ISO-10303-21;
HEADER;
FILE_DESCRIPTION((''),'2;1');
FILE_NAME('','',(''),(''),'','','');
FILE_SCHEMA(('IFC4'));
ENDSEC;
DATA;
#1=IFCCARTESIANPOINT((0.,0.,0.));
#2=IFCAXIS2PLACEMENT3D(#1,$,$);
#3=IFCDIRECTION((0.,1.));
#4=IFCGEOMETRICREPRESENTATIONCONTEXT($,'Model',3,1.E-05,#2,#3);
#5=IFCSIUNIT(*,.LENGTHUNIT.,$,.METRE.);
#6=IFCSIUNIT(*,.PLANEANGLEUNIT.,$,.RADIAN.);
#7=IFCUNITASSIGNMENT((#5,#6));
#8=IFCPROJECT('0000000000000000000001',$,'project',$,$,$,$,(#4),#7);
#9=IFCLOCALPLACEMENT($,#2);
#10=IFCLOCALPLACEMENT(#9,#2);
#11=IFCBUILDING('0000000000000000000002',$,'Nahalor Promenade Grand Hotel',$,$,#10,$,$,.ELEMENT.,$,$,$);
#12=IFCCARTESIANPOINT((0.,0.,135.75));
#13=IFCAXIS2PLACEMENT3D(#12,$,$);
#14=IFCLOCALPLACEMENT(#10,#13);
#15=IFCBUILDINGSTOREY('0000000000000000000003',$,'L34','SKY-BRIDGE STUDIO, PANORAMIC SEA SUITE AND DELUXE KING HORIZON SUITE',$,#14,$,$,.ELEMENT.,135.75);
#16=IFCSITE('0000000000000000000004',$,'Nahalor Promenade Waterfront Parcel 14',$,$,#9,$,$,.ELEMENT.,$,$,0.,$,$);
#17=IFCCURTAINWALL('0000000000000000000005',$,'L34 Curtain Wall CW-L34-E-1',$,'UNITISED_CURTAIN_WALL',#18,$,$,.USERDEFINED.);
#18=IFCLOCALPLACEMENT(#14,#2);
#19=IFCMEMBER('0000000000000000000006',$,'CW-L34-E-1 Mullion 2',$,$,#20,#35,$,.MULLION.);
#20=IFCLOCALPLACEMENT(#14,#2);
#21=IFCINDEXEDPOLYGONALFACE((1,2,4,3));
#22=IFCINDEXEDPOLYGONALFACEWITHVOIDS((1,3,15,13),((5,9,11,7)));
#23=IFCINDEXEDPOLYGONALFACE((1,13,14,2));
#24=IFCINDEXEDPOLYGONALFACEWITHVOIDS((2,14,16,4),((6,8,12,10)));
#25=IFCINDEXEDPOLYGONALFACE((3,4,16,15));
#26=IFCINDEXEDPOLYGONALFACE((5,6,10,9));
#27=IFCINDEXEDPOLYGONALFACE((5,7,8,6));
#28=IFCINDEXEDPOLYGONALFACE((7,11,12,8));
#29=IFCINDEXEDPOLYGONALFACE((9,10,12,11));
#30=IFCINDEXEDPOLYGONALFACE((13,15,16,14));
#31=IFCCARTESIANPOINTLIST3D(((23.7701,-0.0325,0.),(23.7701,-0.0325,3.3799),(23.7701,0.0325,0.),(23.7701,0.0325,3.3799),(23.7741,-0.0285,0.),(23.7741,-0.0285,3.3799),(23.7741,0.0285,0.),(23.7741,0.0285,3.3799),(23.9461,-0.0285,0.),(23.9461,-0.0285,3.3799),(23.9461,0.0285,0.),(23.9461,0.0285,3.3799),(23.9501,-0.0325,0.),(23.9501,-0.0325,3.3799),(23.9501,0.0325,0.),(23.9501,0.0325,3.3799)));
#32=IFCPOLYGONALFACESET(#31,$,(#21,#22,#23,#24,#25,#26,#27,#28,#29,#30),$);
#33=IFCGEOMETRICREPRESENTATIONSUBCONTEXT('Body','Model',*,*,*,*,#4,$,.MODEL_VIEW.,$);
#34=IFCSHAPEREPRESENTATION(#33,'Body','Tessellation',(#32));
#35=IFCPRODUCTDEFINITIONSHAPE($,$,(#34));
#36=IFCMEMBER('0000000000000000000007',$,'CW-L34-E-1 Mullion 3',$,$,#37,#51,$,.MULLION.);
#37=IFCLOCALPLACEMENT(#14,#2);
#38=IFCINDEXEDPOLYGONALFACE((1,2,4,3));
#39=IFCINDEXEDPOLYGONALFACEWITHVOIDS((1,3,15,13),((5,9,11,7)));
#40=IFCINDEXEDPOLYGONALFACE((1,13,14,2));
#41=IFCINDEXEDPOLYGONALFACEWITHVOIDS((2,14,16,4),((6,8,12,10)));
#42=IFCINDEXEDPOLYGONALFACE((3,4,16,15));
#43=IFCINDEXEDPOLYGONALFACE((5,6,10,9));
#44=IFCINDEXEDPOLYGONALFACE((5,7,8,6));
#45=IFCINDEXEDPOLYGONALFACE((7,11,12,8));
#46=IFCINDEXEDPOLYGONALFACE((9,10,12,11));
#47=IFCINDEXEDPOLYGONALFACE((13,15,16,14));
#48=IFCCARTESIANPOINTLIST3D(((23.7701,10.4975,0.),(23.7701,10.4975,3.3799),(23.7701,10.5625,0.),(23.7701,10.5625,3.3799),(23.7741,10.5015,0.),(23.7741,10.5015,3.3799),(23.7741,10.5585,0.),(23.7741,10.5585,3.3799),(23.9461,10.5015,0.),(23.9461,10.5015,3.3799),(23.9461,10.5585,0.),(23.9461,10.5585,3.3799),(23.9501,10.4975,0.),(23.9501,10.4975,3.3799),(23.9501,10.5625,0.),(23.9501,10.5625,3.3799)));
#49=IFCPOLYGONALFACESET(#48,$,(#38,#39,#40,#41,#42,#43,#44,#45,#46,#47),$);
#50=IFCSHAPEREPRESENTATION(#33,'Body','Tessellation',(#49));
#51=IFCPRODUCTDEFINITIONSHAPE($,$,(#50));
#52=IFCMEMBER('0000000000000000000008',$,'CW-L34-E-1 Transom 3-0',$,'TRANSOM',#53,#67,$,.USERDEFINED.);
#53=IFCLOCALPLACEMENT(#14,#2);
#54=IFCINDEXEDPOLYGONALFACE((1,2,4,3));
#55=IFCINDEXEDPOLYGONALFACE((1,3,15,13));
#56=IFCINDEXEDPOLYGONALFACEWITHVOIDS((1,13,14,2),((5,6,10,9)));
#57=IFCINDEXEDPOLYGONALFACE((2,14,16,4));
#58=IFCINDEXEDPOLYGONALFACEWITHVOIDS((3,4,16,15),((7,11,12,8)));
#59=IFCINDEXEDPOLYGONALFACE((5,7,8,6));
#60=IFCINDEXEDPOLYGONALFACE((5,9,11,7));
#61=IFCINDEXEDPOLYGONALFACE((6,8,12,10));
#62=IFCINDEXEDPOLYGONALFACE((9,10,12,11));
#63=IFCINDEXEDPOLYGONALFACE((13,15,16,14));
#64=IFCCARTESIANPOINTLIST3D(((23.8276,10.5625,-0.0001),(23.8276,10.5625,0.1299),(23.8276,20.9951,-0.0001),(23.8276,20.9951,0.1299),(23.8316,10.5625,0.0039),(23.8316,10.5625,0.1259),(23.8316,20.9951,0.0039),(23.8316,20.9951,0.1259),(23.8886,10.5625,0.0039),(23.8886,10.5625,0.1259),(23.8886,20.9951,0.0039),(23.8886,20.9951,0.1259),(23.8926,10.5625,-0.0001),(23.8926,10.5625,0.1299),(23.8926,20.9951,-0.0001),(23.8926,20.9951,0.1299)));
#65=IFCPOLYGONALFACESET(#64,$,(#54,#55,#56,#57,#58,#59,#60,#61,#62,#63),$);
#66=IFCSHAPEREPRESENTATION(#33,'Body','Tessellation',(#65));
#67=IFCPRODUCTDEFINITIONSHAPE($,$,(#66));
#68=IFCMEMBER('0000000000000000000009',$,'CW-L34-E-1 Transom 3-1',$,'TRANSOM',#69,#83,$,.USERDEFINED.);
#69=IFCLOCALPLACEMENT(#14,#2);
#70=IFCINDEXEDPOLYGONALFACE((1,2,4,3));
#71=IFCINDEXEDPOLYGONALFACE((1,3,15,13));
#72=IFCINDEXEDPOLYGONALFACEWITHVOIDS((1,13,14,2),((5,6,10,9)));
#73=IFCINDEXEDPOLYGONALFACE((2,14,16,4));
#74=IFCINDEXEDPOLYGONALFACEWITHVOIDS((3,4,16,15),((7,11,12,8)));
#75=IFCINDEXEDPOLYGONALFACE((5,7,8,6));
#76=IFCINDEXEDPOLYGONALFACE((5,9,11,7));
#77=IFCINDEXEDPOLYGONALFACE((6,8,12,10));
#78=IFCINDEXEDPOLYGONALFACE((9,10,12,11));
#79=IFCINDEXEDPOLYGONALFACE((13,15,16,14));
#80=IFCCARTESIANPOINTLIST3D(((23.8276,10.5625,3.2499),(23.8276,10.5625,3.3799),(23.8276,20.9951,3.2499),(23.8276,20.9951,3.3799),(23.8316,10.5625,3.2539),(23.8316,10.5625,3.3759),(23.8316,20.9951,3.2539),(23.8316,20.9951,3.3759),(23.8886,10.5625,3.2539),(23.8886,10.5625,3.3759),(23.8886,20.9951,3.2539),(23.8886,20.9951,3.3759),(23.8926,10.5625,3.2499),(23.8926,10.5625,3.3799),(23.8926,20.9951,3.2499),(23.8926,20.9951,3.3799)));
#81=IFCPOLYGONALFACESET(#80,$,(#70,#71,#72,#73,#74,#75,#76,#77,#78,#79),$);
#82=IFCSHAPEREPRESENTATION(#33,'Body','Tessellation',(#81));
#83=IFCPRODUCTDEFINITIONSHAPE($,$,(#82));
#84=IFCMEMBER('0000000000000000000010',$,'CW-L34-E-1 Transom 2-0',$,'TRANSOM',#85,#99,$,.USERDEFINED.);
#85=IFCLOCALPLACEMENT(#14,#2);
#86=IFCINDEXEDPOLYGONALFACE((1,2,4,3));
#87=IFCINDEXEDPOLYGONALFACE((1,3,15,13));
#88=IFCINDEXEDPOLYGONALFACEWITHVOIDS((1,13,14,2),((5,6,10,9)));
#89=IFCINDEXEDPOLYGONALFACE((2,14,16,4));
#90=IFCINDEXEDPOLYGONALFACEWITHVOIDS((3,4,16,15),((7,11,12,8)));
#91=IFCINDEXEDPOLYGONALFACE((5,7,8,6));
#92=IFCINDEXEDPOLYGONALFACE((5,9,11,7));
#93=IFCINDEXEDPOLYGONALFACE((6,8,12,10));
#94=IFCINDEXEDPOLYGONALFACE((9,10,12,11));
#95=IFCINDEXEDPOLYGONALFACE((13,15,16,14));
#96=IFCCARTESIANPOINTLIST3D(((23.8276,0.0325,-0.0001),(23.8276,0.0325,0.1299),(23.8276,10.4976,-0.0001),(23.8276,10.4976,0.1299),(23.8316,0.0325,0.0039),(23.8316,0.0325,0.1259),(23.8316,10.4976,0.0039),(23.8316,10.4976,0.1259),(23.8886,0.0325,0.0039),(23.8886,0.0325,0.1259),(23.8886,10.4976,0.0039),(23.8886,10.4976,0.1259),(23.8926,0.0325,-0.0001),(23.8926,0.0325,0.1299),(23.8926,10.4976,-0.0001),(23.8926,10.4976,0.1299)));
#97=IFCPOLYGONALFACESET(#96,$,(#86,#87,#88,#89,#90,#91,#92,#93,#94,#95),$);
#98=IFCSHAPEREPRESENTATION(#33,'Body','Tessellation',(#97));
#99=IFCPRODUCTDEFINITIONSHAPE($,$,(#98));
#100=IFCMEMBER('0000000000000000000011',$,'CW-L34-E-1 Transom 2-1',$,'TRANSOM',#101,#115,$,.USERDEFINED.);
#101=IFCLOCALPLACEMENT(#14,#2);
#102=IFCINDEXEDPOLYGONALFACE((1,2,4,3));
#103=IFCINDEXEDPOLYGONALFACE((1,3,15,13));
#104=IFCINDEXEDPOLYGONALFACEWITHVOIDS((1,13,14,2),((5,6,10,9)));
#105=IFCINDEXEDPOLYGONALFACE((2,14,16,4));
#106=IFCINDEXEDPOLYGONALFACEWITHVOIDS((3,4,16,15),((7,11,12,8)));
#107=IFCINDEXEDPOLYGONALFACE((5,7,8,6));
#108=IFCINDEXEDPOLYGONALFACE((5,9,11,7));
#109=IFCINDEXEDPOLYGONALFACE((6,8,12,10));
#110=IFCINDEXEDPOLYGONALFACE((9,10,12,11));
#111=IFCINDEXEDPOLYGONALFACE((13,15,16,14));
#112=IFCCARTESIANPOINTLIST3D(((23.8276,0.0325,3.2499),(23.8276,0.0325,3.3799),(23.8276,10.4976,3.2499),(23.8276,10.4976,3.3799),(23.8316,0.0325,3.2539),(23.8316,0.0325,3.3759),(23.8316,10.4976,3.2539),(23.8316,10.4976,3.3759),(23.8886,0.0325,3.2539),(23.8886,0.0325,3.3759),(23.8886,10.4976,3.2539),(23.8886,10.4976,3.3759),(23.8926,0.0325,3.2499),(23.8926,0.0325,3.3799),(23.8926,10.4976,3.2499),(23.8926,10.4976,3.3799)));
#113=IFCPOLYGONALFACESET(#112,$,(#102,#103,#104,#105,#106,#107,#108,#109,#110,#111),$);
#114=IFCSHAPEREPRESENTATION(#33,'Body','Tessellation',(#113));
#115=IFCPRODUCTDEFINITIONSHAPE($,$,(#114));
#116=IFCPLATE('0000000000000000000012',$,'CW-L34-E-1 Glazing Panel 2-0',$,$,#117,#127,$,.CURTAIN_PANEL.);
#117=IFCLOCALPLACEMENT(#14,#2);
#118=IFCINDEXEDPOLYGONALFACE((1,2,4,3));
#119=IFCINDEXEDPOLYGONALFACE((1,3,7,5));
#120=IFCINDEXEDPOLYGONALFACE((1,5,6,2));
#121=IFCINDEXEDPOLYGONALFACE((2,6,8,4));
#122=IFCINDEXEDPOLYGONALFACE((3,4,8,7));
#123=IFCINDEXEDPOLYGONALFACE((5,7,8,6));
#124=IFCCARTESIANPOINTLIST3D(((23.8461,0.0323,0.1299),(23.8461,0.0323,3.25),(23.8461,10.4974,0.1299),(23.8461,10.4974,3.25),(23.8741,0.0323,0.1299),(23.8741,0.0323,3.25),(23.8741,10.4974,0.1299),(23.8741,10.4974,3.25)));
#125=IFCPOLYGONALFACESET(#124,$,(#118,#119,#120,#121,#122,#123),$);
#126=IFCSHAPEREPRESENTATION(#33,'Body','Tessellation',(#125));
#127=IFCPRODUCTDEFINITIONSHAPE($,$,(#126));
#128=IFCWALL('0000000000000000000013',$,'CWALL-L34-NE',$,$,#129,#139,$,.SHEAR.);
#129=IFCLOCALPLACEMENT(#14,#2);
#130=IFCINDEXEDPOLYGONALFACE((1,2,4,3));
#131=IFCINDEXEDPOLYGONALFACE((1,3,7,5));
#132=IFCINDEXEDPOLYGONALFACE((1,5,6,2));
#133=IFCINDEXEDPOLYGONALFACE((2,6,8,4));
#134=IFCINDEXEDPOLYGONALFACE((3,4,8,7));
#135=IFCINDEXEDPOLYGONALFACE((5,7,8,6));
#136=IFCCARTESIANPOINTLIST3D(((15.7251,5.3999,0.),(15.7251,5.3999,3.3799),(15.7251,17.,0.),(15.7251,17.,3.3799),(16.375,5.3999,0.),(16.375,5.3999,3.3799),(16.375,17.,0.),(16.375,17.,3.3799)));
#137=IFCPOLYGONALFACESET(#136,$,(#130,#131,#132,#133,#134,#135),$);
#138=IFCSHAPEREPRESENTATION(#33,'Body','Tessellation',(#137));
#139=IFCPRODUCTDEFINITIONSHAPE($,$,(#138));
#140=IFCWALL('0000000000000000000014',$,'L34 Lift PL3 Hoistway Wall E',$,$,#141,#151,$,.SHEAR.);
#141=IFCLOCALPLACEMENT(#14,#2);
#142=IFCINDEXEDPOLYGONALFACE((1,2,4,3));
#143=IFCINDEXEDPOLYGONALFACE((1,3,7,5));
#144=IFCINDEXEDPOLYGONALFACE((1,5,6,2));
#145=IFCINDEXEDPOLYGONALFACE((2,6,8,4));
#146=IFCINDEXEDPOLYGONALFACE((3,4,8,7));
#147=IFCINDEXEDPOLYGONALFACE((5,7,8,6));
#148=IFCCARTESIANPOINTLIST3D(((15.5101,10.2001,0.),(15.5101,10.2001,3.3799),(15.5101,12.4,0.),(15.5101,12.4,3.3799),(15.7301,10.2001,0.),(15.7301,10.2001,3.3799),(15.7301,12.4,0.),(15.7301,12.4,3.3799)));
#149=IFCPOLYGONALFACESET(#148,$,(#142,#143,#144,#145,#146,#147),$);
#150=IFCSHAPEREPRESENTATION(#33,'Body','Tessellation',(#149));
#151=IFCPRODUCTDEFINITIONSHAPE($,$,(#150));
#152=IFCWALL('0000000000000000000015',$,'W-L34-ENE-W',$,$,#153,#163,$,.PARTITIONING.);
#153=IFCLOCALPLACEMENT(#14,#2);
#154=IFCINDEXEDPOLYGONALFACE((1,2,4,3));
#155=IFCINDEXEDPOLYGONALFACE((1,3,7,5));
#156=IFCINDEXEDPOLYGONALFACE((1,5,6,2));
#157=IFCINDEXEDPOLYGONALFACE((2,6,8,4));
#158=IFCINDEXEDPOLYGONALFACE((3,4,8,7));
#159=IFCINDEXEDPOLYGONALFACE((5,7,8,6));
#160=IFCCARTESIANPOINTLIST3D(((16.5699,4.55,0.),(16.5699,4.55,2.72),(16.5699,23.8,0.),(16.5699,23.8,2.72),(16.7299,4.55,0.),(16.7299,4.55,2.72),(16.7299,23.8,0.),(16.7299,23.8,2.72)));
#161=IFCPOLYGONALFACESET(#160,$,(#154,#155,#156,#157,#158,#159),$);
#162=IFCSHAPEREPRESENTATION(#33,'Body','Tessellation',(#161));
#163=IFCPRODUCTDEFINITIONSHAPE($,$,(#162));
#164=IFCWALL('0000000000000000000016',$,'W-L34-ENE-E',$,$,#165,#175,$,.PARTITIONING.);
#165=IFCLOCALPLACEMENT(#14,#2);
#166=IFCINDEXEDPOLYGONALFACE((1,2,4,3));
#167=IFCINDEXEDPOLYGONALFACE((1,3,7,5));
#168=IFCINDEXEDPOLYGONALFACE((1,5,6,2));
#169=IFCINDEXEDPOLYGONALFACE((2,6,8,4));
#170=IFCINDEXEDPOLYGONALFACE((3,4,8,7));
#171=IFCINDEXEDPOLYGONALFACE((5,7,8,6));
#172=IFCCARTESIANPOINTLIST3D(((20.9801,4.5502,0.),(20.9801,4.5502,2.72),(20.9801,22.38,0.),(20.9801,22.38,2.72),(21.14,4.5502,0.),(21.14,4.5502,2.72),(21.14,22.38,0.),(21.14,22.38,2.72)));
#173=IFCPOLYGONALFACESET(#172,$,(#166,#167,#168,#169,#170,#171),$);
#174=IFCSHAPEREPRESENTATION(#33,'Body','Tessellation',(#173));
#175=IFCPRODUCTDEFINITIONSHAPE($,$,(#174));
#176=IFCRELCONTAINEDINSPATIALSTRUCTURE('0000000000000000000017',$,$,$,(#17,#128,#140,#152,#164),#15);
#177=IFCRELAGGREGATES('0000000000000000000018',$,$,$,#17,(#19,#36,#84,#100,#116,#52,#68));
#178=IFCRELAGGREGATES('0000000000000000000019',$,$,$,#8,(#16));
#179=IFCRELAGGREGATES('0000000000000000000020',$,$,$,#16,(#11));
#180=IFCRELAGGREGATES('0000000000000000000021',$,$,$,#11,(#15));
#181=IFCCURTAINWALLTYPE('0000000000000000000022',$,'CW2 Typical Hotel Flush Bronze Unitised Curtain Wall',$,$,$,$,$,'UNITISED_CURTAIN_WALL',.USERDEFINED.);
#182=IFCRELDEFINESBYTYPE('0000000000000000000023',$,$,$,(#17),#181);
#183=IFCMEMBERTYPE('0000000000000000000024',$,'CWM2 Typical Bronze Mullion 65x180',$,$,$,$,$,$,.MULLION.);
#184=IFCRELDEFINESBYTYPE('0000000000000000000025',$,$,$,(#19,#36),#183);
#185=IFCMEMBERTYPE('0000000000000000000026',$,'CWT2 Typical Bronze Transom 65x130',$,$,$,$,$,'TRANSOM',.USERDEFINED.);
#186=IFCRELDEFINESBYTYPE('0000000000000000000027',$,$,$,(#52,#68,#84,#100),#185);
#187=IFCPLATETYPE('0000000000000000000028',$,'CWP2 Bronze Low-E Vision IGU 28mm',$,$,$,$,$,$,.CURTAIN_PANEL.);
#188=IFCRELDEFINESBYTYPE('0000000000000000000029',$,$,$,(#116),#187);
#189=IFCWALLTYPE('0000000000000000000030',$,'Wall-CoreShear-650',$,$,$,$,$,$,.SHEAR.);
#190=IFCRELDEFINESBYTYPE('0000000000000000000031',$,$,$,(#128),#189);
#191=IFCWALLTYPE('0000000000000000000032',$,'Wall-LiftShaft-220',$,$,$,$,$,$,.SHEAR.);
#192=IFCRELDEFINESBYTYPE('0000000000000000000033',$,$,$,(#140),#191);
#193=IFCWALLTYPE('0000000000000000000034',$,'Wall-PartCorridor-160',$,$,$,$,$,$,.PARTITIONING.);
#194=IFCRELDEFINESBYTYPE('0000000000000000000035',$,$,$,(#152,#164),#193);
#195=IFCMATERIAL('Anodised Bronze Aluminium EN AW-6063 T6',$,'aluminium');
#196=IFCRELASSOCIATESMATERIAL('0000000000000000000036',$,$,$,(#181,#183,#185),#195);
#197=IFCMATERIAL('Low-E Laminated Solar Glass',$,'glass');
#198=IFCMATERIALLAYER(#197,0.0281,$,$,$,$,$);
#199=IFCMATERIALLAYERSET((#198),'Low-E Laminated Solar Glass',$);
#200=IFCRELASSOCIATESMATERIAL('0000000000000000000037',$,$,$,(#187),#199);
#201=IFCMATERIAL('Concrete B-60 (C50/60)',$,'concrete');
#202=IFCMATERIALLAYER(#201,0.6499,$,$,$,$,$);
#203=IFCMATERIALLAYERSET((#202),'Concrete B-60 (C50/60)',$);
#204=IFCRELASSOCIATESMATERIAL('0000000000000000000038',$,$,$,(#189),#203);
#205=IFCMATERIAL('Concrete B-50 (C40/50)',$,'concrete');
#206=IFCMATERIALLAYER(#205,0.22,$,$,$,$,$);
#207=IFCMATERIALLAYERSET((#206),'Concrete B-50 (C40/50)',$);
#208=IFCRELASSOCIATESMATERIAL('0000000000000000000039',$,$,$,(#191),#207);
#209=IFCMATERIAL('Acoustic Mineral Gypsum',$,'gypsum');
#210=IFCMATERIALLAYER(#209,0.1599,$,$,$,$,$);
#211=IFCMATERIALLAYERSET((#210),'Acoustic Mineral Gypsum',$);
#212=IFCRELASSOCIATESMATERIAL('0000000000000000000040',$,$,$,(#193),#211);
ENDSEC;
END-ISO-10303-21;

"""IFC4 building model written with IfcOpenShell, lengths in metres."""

from ifc_helpers import new_model, si_unit, direction, frame, frame_2d, origin, origin_2d, place, context, subcontext, project, spatial, rectangle, hollow_rectangle, extrude, source, transform, mapped, material, layer, layer_set, material_profile, profile_set, type_object, element, aggregate, save


model = new_model("IFC4")

# Units and contexts
model_context = context("Model", 3, precision=1e-05, world=origin(), true_north=direction((0.0, 1.0)))
body_context = subcontext(model_context, "Body", "Model", "MODEL_VIEW")
ifc_project = project(units=[si_unit("LENGTHUNIT", "METRE"), si_unit("PLANEANGLEUNIT", "RADIAN")], contexts=[model_context])

# Site, building, storey
site_placement = place(None, origin())
site = spatial("IfcSite", under=ifc_project, at=site_placement, Name="Nahalor Promenade Waterfront Parcel 14", CompositionType="ELEMENT", RefElevation=0.0)
building_placement = place(site_placement, origin())
building = spatial("IfcBuilding", under=site, at=building_placement, Name="Nahalor Promenade Grand Hotel", CompositionType="ELEMENT")
storey_placement = place(building_placement, frame((0.0, 0.0, 135.75)))
storey = spatial("IfcBuildingStorey", under=building, at=storey_placement, Name="L34", Description="SKY-BRIDGE STUDIO, PANORAMIC SEA SUITE AND DELUXE KING HORIZON SUITE", CompositionType="ELEMENT", Elevation=135.75)

# Curtain wall, members, plate
ifc_material_1 = material(Name="Anodised Bronze Aluminium EN AW-6063 T6", Category="aluminium")
curtain_wall_type = type_object("IfcCurtainWallType", Name="CW2 Typical Hotel Flush Bronze Unitised Curtain Wall", ElementType="UNITISED_CURTAIN_WALL", PredefinedType="USERDEFINED", material=ifc_material_1)
curtain_wall_placement = place(storey_placement, origin())
curtain_wall = element("IfcCurtainWall", 1, at=curtain_wall_placement, inside=storey, type_object=curtain_wall_type, Name="L34 Curtain Wall CW-L34-E-1", ObjectType="UNITISED_CURTAIN_WALL", PredefinedType="USERDEFINED")
ifc_material_profile_1 = material_profile(ifc_material_1, hollow_rectangle(XDim=0.065, YDim=0.18, WallThickness=0.004, at=origin_2d()), Name="CWM 65x180x4")
ifc_profile_set_1 = profile_set([ifc_material_profile_1], Name="Anodised Bronze Aluminium EN AW-6063 T6")
member_type_1 = type_object("IfcMemberType", Name="CWM2 Typical Bronze Mullion 65x180", PredefinedType="MULLION", material=ifc_profile_set_1)
shared_shape_1 = source(origin(), body_context, "Body", "SweptSolid", [
    extrude(hollow_rectangle(XDim=0.065, YDim=0.18, WallThickness=0.004, at=origin_2d()), origin(), (0.0, 0.0, 1.0), 3.3799),
])
member_1_placement = place(storey_placement, frame((23.8601, 0.0, 0.0), z_axis=(0.0, 0.0, 1.0), x_axis=(0.0, 1.0, 0.0)))
member_1 = element("IfcMember", 2, at=member_1_placement, type_object=member_type_1, Name="CW-L34-E-1 Mullion 2", PredefinedType="MULLION", context=body_context, shape_type="MappedRepresentation", body=[
    mapped(shared_shape_1, transform((0.0, 0.0, 0.0), scale=1.0)),
])
member_2_placement = place(storey_placement, frame((23.8601, 10.53, 0.0), z_axis=(0.0, 0.0, 1.0), x_axis=(0.0, 1.0, 0.0)))
member_2 = element("IfcMember", 3, at=member_2_placement, type_object=member_type_1, Name="CW-L34-E-1 Mullion 3", PredefinedType="MULLION", context=body_context, shape_type="MappedRepresentation", body=[
    mapped(shared_shape_1, transform((0.0, 0.0, 0.0), scale=1.0)),
])
ifc_material_profile_2 = material_profile(ifc_material_1, hollow_rectangle(XDim=0.065, YDim=0.13, WallThickness=0.004, at=origin_2d()), Name="CWT 65x130x4")
ifc_profile_set_2 = profile_set([ifc_material_profile_2], Name="Anodised Bronze Aluminium EN AW-6063 T6")
member_type_2 = type_object("IfcMemberType", Name="CWT2 Typical Bronze Transom 65x130", ElementType="TRANSOM", PredefinedType="USERDEFINED", material=ifc_profile_set_2)
shared_shape_2 = source(origin(), body_context, "Body", "SweptSolid", [
    extrude(hollow_rectangle(XDim=0.065, YDim=0.13, WallThickness=0.004, at=origin_2d()), origin(), (0.0, 0.0, 1.0), 10.4326),
])
member_3_placement = place(storey_placement, frame((23.8601, 10.5625, 0.0649), z_axis=(0.0, 1.0, 0.0), x_axis=(-1.0, 0.0, 0.0)))
member_3 = element("IfcMember", 4, at=member_3_placement, type_object=member_type_2, Name="CW-L34-E-1 Transom 3-0", ObjectType="TRANSOM", PredefinedType="USERDEFINED", context=body_context, shape_type="MappedRepresentation", body=[
    mapped(shared_shape_2, transform((0.0, 0.0, 0.0), scale=1.0)),
])
member_4_placement = place(storey_placement, frame((23.8601, 10.5625, 3.3149), z_axis=(0.0, 1.0, 0.0), x_axis=(-1.0, 0.0, 0.0)))
member_4 = element("IfcMember", 5, at=member_4_placement, type_object=member_type_2, Name="CW-L34-E-1 Transom 3-1", ObjectType="TRANSOM", PredefinedType="USERDEFINED", context=body_context, shape_type="MappedRepresentation", body=[
    mapped(shared_shape_2, transform((0.0, 0.0, 0.0), scale=1.0)),
])
shared_shape_3 = source(origin(), body_context, "Body", "SweptSolid", [
    extrude(hollow_rectangle(XDim=0.065, YDim=0.13, WallThickness=0.004, at=origin_2d()), origin(), (0.0, 0.0, 1.0), 10.4651),
])
member_5_placement = place(storey_placement, frame((23.8601, 0.0325, 0.0649), z_axis=(0.0, 1.0, 0.0), x_axis=(-1.0, 0.0, 0.0)))
member_5 = element("IfcMember", 6, at=member_5_placement, type_object=member_type_2, Name="CW-L34-E-1 Transom 2-0", ObjectType="TRANSOM", PredefinedType="USERDEFINED", context=body_context, shape_type="MappedRepresentation", body=[
    mapped(shared_shape_3, transform((0.0, 0.0, 0.0), scale=1.0)),
])
member_6_placement = place(storey_placement, frame((23.8601, 0.0325, 3.3149), z_axis=(0.0, 1.0, 0.0), x_axis=(-1.0, 0.0, 0.0)))
member_6 = element("IfcMember", 7, at=member_6_placement, type_object=member_type_2, Name="CW-L34-E-1 Transom 2-1", ObjectType="TRANSOM", PredefinedType="USERDEFINED", context=body_context, shape_type="MappedRepresentation", body=[
    mapped(shared_shape_3, transform((0.0, 0.0, 0.0), scale=1.0)),
])
ifc_material_2 = material(Name="Low-E Laminated Solar Glass", Category="glass")
ifc_layer_1 = layer(ifc_material_2, 0.0281)
ifc_layer_set_1 = layer_set([ifc_layer_1], Name="Low-E Laminated Solar Glass")
plate_type = type_object("IfcPlateType", Name="CWP2 Bronze Low-E Vision IGU 28mm", PredefinedType="CURTAIN_PANEL", material=ifc_layer_set_1)
shared_shape_4 = source(origin(), body_context, "Body", "SweptSolid", [
    extrude(rectangle(XDim=10.4651, YDim=0.0281, at=origin_2d()), origin(), (0.0, 0.0, 1.0), 3.1201),
])
plate_placement = place(storey_placement, frame((23.8601, 5.2649, 0.1299), z_axis=(0.0, 0.0, 1.0), x_axis=(0.0, 1.0, 0.0)))
plate = element("IfcPlate", 8, at=plate_placement, type_object=plate_type, Name="CW-L34-E-1 Glazing Panel 2-0", PredefinedType="CURTAIN_PANEL", context=body_context, shape_type="MappedRepresentation", body=[
    mapped(shared_shape_4, transform((0.0, 0.0, 0.0), scale=1.0)),
])
aggregate(curtain_wall, [member_1, member_2, member_5, member_6, plate, member_3, member_4])

# Walls
ifc_material_3 = material(Name="Concrete B-60 (C50/60)", Category="concrete")
ifc_layer_2 = layer(ifc_material_3, 0.6499)
ifc_layer_set_2 = layer_set([ifc_layer_2], Name="Concrete B-60 (C50/60)")
wall_type_1 = type_object("IfcWallType", Name="Wall-CoreShear-650", PredefinedType="SHEAR", material=ifc_layer_set_2)
shared_shape_5 = source(origin(), body_context, "Body", "SweptSolid", [
    extrude(rectangle(XDim=11.6001, YDim=0.6499, at=frame_2d((5.8, 0.0))), origin(), (0.0, 0.0, 1.0), 3.3799),
])
wall_1_placement = place(storey_placement, frame((16.05, 5.3999, 0.0), z_axis=(0.0, 0.0, 1.0), x_axis=(0.0, 1.0, 0.0)))
element("IfcWall", 9, at=wall_1_placement, inside=storey, type_object=wall_type_1, Name="CWALL-L34-NE", PredefinedType="SHEAR", context=body_context, shape_type="MappedRepresentation", body=[
    mapped(shared_shape_5, transform((0.0, 0.0, 0.0), scale=1.0)),
])
ifc_material_4 = material(Name="Concrete B-50 (C40/50)", Category="concrete")
ifc_layer_3 = layer(ifc_material_4, 0.22)
ifc_layer_set_3 = layer_set([ifc_layer_3], Name="Concrete B-50 (C40/50)")
wall_type_2 = type_object("IfcWallType", Name="Wall-LiftShaft-220", PredefinedType="SHEAR", material=ifc_layer_set_3)
shared_shape_6 = source(origin(), body_context, "Body", "SweptSolid", [
    extrude(rectangle(XDim=2.2, YDim=0.22, at=frame_2d((1.1001, 0.0))), origin(), (0.0, 0.0, 1.0), 3.3799),
])
wall_2_placement = place(storey_placement, frame((15.6201, 10.2, 0.0), z_axis=(0.0, 0.0, 1.0), x_axis=(0.0, 1.0, 0.0)))
element("IfcWall", 10, at=wall_2_placement, inside=storey, type_object=wall_type_2, Name="L34 Lift PL3 Hoistway Wall E", PredefinedType="SHEAR", context=body_context, shape_type="MappedRepresentation", body=[
    mapped(shared_shape_6, transform((0.0, 0.0, 0.0), scale=1.0)),
])

# Shared definitions
ifc_material_5 = material(Name="Acoustic Mineral Gypsum", Category="gypsum")
ifc_layer_4 = layer(ifc_material_5, 0.1599)
ifc_layer_set_4 = layer_set([ifc_layer_4], Name="Acoustic Mineral Gypsum")
wall_type_3 = type_object("IfcWallType", Name="Wall-PartCorridor-160", PredefinedType="PARTITIONING", material=ifc_layer_set_4)

# Walls
shared_shape_7 = source(origin(), body_context, "Body", "SweptSolid", [
    extrude(rectangle(XDim=19.25, YDim=0.1599, at=frame_2d((9.625, 0.0))), origin(), (0.0, 0.0, 1.0), 2.72),
])
wall_3_placement = place(storey_placement, frame((16.6499, 4.55, 0.0), z_axis=(0.0, 0.0, 1.0), x_axis=(0.0, 1.0, 0.0)))
element("IfcWall", 11, at=wall_3_placement, inside=storey, type_object=wall_type_3, Name="W-L34-ENE-W", PredefinedType="PARTITIONING", context=body_context, shape_type="MappedRepresentation", body=[
    mapped(shared_shape_7, transform((0.0, 0.0, 0.0), scale=1.0)),
])
shared_shape_8 = source(origin(), body_context, "Body", "SweptSolid", [
    extrude(rectangle(XDim=17.8298, YDim=0.1599, at=frame_2d((8.915, 0.0))), origin(), (0.0, 0.0, 1.0), 2.72),
])
wall_4_placement = place(storey_placement, frame((21.0601, 4.55, 0.0), z_axis=(0.0, 0.0, 1.0), x_axis=(0.0, 1.0, 0.0)))
element("IfcWall", 12, at=wall_4_placement, inside=storey, type_object=wall_type_3, Name="W-L34-ENE-E", PredefinedType="PARTITIONING", context=body_context, shape_type="MappedRepresentation", body=[
    mapped(shared_shape_8, transform((0.0, 0.0, 0.0), scale=1.0)),
])

save(model, "model.ifc")
